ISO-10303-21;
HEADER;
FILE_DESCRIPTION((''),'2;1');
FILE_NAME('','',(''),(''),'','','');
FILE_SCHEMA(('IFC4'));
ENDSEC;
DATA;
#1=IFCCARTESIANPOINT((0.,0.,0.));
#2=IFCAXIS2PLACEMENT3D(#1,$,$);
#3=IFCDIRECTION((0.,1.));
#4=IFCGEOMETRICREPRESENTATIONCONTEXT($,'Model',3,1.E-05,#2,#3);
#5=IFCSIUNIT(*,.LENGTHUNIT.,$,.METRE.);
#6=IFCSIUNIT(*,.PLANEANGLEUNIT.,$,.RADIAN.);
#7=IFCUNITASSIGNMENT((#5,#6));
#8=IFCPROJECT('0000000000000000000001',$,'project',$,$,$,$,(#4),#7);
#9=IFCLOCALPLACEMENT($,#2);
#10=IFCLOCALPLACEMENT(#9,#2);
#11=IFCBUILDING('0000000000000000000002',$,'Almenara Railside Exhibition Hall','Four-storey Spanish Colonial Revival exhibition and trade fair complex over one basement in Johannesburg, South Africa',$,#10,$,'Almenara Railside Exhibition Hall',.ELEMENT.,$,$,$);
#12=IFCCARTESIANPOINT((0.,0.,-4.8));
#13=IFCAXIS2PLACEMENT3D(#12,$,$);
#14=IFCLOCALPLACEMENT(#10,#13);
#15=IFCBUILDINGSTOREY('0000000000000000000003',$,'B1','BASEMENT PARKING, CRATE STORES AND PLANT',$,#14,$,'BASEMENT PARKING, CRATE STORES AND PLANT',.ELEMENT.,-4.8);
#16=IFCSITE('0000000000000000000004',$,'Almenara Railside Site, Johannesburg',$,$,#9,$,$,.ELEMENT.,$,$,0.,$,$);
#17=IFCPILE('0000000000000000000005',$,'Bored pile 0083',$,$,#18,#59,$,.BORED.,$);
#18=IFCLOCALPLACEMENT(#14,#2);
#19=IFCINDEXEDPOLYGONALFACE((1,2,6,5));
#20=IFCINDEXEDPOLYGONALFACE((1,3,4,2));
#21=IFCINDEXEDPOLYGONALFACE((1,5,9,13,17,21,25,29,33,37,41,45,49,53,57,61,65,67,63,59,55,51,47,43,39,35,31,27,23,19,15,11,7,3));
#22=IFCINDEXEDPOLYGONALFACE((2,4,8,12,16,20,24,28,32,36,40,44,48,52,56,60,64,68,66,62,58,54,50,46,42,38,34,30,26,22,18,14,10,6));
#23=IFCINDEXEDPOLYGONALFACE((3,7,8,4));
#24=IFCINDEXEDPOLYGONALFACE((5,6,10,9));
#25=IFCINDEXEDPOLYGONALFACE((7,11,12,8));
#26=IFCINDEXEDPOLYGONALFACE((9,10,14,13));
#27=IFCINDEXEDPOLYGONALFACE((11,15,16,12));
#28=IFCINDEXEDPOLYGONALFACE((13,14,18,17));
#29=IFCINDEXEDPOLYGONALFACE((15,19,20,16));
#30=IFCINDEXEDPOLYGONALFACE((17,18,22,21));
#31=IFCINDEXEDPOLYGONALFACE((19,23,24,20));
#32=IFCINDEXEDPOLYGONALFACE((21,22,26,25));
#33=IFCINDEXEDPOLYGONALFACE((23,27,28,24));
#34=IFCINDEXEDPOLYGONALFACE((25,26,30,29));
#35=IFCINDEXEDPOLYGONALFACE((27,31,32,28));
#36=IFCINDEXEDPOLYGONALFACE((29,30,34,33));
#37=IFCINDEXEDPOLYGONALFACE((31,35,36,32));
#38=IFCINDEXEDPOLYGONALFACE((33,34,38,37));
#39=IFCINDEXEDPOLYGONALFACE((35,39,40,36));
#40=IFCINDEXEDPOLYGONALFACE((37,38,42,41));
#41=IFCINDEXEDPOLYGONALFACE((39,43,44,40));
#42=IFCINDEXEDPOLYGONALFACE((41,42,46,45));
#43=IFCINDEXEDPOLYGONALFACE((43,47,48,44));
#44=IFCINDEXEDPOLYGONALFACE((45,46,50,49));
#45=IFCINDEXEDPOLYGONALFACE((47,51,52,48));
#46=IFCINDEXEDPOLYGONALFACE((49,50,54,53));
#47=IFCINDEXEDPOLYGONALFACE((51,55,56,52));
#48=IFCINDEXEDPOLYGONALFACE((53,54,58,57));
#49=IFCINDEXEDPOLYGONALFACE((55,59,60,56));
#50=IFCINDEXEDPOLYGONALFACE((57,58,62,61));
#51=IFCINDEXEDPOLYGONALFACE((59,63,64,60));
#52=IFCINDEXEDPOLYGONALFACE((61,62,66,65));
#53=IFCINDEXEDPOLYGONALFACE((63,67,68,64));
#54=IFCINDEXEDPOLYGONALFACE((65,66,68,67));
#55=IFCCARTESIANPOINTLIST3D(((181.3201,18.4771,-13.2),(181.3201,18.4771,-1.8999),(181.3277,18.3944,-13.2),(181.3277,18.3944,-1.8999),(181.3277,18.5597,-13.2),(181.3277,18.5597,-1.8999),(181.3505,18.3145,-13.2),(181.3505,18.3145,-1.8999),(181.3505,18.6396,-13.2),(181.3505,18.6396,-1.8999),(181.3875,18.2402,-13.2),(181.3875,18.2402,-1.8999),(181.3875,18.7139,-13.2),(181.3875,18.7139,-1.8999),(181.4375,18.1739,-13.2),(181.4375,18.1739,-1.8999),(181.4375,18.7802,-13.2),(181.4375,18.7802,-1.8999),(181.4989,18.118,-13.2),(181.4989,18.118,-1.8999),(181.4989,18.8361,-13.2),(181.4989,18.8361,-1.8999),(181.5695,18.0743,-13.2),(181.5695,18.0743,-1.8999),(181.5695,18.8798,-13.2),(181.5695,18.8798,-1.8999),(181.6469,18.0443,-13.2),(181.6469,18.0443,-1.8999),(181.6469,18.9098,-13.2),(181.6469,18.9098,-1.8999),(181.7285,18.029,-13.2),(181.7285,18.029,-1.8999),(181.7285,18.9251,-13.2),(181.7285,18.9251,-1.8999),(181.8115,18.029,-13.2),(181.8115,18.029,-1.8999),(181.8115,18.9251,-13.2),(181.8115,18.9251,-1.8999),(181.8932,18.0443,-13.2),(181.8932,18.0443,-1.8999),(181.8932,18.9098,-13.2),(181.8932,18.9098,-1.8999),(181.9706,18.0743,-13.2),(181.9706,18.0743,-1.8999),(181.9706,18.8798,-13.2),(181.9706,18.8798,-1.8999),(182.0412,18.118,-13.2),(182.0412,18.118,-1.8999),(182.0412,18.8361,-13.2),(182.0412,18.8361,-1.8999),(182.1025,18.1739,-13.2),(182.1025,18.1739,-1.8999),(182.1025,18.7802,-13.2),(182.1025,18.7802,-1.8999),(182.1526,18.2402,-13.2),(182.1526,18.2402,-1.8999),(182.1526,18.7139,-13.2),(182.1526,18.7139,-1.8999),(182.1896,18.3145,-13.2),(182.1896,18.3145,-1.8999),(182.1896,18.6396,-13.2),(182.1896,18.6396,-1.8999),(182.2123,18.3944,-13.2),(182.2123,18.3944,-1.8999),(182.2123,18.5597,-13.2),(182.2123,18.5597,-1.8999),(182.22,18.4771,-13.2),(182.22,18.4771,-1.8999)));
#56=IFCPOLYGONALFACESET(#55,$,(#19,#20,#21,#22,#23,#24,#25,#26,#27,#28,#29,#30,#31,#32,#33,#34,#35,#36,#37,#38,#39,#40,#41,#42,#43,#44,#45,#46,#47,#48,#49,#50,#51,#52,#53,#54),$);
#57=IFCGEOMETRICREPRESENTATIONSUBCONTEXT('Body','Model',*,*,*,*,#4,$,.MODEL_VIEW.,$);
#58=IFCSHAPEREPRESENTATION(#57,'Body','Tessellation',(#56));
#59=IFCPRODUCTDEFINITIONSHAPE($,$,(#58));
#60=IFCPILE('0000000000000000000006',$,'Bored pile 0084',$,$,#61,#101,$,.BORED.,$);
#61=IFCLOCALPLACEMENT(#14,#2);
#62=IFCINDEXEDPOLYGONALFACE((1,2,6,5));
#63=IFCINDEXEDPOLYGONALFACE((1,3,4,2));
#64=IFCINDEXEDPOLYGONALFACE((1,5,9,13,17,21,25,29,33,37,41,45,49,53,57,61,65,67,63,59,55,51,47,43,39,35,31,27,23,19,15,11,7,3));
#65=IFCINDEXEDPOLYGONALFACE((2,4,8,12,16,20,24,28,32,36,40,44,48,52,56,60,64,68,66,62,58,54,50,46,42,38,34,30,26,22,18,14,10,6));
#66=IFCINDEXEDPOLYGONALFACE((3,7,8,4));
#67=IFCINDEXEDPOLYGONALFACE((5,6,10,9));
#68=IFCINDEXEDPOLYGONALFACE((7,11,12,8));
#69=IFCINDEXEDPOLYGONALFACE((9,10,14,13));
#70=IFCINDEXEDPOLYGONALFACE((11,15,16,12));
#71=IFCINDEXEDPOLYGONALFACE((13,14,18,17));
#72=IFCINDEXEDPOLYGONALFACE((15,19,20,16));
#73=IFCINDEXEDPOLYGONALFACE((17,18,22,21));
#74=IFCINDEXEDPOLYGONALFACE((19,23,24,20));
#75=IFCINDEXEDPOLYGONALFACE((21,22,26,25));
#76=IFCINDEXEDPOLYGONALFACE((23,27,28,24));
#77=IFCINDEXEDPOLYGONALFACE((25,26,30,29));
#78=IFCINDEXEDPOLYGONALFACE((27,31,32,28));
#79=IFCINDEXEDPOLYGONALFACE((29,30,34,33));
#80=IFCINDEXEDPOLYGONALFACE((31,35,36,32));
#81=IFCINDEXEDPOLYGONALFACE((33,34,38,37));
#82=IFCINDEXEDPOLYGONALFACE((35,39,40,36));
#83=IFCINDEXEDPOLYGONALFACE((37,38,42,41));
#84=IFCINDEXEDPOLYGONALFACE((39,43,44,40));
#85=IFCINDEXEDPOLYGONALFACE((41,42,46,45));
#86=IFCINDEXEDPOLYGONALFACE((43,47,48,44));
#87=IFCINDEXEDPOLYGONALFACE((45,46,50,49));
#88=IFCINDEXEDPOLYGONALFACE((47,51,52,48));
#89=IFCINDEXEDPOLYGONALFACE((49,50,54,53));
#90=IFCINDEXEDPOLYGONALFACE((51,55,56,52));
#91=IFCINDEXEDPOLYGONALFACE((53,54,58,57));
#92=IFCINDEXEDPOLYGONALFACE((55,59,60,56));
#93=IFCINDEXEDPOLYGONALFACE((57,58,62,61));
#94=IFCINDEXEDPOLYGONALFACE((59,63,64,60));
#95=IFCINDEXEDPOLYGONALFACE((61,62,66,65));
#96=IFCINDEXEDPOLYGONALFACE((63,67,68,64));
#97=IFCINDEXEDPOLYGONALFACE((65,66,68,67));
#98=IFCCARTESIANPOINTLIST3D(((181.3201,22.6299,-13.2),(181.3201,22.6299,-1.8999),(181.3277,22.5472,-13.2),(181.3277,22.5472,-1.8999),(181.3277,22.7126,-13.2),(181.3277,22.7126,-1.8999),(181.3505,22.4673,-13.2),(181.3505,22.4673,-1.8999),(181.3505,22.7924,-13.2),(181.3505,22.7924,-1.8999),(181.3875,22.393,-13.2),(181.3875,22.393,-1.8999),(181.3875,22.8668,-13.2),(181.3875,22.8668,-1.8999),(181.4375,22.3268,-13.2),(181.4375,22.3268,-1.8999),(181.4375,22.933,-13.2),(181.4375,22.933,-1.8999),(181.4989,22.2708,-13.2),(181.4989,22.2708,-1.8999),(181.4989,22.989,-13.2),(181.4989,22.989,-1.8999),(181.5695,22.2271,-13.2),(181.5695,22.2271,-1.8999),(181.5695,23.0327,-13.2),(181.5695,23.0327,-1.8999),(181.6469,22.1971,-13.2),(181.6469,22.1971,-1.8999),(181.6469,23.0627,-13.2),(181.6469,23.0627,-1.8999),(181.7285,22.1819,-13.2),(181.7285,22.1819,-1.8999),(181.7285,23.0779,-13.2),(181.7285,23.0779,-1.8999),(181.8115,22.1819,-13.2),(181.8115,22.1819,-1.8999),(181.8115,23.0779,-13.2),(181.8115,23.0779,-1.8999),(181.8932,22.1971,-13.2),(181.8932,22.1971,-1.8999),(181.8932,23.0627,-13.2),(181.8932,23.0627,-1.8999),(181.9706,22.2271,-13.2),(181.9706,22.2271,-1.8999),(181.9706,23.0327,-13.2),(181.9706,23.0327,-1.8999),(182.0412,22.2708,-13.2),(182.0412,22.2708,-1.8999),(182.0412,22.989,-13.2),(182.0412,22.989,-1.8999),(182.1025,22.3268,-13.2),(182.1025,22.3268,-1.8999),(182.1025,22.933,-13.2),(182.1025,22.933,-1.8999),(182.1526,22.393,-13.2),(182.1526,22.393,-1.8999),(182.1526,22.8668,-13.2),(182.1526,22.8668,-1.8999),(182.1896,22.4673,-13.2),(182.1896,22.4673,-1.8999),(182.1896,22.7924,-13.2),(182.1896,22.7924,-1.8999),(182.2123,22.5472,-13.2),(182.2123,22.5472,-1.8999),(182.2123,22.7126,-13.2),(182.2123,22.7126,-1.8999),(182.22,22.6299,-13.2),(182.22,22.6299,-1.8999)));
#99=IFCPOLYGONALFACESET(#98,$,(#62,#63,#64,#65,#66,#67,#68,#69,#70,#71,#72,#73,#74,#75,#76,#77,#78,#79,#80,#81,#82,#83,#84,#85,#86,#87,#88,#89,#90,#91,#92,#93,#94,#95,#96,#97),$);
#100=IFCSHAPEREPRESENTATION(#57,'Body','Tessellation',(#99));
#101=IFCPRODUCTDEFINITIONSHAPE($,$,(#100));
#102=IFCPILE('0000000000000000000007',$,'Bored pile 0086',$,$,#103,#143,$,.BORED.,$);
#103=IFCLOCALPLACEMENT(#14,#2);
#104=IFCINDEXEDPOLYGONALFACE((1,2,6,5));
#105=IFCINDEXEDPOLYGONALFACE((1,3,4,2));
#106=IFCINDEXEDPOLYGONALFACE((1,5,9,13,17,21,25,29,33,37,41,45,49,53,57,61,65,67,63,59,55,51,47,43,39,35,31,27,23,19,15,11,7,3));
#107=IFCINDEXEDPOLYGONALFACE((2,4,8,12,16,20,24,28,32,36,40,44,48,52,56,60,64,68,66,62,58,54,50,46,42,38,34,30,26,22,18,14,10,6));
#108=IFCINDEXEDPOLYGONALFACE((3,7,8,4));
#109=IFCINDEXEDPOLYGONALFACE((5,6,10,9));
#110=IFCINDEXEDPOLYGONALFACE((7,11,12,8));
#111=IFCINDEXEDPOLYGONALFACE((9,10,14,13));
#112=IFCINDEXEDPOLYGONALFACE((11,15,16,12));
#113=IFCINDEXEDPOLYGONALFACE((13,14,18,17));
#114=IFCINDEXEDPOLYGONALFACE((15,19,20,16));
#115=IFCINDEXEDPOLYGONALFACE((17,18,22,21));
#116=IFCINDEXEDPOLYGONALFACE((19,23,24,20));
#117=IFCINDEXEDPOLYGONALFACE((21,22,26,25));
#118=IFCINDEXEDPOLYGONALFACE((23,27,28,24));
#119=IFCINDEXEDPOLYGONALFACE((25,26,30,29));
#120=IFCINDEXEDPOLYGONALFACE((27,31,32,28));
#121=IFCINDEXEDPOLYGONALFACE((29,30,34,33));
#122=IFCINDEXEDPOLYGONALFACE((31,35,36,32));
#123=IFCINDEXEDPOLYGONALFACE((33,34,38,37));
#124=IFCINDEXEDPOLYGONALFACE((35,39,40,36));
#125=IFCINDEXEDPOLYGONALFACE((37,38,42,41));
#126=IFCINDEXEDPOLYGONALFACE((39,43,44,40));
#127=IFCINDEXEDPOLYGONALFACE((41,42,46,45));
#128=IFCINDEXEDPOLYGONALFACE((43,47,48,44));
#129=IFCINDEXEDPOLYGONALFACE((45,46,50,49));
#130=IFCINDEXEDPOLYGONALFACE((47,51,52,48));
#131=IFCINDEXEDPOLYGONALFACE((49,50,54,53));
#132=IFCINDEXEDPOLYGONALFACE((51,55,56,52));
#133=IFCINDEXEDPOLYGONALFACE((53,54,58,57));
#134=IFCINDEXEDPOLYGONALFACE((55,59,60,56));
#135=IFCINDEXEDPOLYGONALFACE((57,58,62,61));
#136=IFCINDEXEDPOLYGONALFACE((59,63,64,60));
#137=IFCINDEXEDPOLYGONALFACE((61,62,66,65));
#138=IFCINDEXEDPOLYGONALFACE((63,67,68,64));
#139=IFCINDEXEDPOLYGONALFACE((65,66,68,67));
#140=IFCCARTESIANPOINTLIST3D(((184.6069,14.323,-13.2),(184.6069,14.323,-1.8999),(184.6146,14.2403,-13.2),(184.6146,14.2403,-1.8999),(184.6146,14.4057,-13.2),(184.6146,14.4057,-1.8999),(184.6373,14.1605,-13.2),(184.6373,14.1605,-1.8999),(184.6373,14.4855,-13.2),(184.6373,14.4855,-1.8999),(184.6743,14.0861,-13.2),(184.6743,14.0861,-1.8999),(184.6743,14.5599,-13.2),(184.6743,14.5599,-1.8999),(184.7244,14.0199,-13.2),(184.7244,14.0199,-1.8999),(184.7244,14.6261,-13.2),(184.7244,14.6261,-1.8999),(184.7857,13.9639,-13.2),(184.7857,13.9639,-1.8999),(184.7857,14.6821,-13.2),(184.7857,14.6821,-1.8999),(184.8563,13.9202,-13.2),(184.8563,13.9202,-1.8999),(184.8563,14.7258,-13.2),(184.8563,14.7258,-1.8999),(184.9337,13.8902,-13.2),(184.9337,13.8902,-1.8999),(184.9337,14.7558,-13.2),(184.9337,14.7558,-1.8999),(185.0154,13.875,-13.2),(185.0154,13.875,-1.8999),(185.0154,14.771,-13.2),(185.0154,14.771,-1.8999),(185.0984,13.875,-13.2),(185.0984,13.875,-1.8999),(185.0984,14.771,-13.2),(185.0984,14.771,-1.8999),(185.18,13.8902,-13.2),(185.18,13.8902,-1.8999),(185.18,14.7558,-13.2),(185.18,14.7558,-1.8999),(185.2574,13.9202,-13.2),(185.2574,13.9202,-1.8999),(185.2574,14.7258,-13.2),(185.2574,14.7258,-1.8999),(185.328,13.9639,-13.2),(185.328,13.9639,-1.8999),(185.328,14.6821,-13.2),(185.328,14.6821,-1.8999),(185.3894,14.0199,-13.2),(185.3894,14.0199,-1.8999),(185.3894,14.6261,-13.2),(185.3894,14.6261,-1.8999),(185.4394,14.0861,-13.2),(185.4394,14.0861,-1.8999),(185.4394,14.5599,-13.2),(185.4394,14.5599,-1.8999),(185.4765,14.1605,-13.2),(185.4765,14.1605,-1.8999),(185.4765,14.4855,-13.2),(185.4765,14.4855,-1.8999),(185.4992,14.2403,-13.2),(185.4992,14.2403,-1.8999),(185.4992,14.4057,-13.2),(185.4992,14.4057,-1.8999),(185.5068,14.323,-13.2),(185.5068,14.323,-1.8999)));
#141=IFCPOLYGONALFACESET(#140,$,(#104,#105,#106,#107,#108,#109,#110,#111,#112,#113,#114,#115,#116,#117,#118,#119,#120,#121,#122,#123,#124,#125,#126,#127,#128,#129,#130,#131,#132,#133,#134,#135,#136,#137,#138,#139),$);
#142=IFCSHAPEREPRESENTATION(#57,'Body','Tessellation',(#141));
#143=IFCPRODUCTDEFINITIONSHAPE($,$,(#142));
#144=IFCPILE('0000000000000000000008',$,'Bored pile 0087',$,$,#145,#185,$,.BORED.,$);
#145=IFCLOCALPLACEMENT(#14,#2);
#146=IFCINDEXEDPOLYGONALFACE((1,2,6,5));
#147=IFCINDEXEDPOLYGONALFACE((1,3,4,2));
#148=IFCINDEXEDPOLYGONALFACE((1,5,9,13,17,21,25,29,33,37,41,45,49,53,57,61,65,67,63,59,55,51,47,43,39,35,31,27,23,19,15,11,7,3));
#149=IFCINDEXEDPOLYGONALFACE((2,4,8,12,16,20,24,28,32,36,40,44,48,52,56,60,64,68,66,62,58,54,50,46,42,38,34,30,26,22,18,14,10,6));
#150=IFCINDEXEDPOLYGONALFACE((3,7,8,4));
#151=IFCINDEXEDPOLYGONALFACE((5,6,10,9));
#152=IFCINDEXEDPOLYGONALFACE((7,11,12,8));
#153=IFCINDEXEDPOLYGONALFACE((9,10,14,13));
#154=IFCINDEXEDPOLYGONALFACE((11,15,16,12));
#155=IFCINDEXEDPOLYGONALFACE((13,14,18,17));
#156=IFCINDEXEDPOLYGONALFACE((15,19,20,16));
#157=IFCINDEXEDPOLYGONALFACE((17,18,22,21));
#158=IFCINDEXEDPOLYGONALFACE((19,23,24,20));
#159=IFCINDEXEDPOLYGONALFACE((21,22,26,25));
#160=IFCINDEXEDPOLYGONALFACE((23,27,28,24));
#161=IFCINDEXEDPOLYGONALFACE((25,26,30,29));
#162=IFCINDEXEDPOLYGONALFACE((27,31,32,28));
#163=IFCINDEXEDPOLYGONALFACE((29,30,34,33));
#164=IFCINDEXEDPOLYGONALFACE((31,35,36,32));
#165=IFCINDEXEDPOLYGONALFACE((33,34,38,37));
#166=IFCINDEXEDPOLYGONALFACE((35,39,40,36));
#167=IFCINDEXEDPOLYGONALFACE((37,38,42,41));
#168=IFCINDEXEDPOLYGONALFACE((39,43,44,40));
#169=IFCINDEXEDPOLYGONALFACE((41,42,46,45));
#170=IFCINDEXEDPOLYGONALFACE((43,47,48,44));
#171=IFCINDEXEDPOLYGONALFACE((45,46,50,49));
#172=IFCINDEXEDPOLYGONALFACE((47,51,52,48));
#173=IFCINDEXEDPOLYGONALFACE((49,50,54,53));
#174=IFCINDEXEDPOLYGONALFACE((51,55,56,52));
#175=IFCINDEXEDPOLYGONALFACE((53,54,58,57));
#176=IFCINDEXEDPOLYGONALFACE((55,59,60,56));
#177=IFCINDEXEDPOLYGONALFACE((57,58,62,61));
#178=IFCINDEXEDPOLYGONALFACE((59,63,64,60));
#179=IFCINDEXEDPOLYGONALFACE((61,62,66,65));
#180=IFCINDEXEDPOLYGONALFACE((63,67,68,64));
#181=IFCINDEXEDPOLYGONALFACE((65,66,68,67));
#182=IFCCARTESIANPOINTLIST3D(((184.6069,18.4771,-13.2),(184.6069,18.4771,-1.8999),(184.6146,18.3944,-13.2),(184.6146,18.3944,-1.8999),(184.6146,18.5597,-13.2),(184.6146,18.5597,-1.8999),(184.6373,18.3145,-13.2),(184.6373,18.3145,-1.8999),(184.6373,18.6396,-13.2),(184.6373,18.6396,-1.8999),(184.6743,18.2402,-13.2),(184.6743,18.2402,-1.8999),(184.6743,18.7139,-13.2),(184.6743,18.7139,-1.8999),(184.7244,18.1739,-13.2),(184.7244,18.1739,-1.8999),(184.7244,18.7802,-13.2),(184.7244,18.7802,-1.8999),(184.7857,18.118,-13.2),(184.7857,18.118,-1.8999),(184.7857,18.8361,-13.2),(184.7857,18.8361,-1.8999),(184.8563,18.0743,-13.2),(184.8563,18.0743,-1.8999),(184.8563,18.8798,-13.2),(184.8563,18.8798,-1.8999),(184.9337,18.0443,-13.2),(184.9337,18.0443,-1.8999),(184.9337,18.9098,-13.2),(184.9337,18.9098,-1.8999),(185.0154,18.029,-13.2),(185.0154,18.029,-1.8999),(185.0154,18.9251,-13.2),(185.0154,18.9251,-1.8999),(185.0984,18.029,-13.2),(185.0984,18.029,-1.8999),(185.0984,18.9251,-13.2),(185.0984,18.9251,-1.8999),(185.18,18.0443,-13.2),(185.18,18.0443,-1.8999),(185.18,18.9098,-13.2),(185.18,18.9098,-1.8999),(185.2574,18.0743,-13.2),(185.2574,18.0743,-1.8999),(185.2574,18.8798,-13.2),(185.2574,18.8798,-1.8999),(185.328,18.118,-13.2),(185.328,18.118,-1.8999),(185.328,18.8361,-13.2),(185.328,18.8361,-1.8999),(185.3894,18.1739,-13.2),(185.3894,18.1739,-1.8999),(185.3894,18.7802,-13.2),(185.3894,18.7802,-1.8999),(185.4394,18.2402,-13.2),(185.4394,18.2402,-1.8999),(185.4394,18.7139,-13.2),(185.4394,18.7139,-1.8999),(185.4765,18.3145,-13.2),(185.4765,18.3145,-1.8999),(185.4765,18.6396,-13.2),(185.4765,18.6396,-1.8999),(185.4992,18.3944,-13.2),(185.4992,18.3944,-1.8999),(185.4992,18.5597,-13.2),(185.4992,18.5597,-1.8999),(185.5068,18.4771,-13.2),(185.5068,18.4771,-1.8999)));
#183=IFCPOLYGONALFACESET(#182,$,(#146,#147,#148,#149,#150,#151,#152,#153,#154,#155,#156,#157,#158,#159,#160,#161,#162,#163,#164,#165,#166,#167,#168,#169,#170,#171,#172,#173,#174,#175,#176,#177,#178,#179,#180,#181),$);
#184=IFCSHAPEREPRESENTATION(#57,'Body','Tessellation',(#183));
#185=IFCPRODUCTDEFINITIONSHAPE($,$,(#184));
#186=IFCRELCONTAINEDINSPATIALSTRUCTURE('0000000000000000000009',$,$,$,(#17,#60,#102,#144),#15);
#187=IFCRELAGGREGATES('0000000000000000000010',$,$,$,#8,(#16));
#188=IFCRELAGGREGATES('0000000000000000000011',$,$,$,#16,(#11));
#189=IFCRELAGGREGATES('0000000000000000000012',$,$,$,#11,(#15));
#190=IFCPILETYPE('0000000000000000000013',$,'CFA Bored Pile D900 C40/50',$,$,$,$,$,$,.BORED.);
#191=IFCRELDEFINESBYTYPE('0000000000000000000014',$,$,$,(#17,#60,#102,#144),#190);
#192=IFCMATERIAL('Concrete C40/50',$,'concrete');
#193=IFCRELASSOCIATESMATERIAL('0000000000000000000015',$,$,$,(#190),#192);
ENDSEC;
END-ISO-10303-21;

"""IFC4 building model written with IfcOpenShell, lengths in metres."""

from ifc_helpers import new_model, si_unit, direction, frame, origin, origin_2d, place, context, subcontext, project, spatial, circle, extrude, material, material_profile, profile_set, type_object, element, save


model = new_model("IFC4")

# Units and contexts
model_context = context("Model", 3, precision=1e-05, world=origin(), true_north=direction((0.0, 1.0)))
body_context = subcontext(model_context, "Body", "Model", "MODEL_VIEW")
ifc_project = project(units=[si_unit("LENGTHUNIT", "METRE"), si_unit("PLANEANGLEUNIT", "RADIAN")], contexts=[model_context])

# Site, building, storey
site_placement = place(None, origin())
site = spatial("IfcSite", under=ifc_project, at=site_placement, Name="Almenara Railside Site, Johannesburg", CompositionType="ELEMENT", RefElevation=0.0)
building_placement = place(site_placement, origin())
building = spatial("IfcBuilding", under=site, at=building_placement, Name="Almenara Railside Exhibition Hall", Description="Four-storey Spanish Colonial Revival exhibition and trade fair complex over one basement in Johannesburg, South Africa", LongName="Almenara Railside Exhibition Hall", CompositionType="ELEMENT")
storey_placement = place(building_placement, frame((0.0, 0.0, -4.8)))
storey = spatial("IfcBuildingStorey", under=building, at=storey_placement, Name="B1", Description="BASEMENT PARKING, CRATE STORES AND PLANT", LongName="BASEMENT PARKING, CRATE STORES AND PLANT", CompositionType="ELEMENT", Elevation=-4.8)

# Piles
ifc_material_1 = material(Name="Concrete C40/50", Category="concrete")
ifc_material_profile_1 = material_profile(ifc_material_1, circle(Radius=0.45, at=origin_2d()), Name="CFA-PILE D900")
ifc_profile_set_1 = profile_set([ifc_material_profile_1], Name="Concrete C40/50")
pile_type_1 = type_object("IfcPileType", Name="CFA Bored Pile D900 C40/50", PredefinedType="BORED", material=ifc_profile_set_1)
for number, where, z_axis, x_axis, name in (
    (1, (181.77, 18.4771, -1.8999), (0.0, 0.0, -1.0), (1.0, 0.0, 0.0), "Bored pile 0083"),
    (2, (181.77, 22.6299, -1.8999), (0.0, 0.0, -1.0), (1.0, 0.0, 0.0), "Bored pile 0084"),
    (3, (185.0569, 14.323, -1.8999), (0.0, 0.0, -1.0), (1.0, 0.0, 0.0), "Bored pile 0086"),
    (4, (185.0569, 18.4771, -1.8999), (0.0, 0.0, -1.0), (1.0, 0.0, 0.0), "Bored pile 0087"),
):
    element("IfcPile", number, at=place(storey_placement, frame(where, z_axis=z_axis, x_axis=x_axis)), inside=storey, type_object=pile_type_1, Name=name, PredefinedType="BORED", context=body_context, shape_type="SweptSolid", body=[
        extrude(circle(Radius=0.45, at=origin_2d()), origin(), (0.0, 0.0, 1.0), 11.3),
    ])

save(model, "model.ifc")
